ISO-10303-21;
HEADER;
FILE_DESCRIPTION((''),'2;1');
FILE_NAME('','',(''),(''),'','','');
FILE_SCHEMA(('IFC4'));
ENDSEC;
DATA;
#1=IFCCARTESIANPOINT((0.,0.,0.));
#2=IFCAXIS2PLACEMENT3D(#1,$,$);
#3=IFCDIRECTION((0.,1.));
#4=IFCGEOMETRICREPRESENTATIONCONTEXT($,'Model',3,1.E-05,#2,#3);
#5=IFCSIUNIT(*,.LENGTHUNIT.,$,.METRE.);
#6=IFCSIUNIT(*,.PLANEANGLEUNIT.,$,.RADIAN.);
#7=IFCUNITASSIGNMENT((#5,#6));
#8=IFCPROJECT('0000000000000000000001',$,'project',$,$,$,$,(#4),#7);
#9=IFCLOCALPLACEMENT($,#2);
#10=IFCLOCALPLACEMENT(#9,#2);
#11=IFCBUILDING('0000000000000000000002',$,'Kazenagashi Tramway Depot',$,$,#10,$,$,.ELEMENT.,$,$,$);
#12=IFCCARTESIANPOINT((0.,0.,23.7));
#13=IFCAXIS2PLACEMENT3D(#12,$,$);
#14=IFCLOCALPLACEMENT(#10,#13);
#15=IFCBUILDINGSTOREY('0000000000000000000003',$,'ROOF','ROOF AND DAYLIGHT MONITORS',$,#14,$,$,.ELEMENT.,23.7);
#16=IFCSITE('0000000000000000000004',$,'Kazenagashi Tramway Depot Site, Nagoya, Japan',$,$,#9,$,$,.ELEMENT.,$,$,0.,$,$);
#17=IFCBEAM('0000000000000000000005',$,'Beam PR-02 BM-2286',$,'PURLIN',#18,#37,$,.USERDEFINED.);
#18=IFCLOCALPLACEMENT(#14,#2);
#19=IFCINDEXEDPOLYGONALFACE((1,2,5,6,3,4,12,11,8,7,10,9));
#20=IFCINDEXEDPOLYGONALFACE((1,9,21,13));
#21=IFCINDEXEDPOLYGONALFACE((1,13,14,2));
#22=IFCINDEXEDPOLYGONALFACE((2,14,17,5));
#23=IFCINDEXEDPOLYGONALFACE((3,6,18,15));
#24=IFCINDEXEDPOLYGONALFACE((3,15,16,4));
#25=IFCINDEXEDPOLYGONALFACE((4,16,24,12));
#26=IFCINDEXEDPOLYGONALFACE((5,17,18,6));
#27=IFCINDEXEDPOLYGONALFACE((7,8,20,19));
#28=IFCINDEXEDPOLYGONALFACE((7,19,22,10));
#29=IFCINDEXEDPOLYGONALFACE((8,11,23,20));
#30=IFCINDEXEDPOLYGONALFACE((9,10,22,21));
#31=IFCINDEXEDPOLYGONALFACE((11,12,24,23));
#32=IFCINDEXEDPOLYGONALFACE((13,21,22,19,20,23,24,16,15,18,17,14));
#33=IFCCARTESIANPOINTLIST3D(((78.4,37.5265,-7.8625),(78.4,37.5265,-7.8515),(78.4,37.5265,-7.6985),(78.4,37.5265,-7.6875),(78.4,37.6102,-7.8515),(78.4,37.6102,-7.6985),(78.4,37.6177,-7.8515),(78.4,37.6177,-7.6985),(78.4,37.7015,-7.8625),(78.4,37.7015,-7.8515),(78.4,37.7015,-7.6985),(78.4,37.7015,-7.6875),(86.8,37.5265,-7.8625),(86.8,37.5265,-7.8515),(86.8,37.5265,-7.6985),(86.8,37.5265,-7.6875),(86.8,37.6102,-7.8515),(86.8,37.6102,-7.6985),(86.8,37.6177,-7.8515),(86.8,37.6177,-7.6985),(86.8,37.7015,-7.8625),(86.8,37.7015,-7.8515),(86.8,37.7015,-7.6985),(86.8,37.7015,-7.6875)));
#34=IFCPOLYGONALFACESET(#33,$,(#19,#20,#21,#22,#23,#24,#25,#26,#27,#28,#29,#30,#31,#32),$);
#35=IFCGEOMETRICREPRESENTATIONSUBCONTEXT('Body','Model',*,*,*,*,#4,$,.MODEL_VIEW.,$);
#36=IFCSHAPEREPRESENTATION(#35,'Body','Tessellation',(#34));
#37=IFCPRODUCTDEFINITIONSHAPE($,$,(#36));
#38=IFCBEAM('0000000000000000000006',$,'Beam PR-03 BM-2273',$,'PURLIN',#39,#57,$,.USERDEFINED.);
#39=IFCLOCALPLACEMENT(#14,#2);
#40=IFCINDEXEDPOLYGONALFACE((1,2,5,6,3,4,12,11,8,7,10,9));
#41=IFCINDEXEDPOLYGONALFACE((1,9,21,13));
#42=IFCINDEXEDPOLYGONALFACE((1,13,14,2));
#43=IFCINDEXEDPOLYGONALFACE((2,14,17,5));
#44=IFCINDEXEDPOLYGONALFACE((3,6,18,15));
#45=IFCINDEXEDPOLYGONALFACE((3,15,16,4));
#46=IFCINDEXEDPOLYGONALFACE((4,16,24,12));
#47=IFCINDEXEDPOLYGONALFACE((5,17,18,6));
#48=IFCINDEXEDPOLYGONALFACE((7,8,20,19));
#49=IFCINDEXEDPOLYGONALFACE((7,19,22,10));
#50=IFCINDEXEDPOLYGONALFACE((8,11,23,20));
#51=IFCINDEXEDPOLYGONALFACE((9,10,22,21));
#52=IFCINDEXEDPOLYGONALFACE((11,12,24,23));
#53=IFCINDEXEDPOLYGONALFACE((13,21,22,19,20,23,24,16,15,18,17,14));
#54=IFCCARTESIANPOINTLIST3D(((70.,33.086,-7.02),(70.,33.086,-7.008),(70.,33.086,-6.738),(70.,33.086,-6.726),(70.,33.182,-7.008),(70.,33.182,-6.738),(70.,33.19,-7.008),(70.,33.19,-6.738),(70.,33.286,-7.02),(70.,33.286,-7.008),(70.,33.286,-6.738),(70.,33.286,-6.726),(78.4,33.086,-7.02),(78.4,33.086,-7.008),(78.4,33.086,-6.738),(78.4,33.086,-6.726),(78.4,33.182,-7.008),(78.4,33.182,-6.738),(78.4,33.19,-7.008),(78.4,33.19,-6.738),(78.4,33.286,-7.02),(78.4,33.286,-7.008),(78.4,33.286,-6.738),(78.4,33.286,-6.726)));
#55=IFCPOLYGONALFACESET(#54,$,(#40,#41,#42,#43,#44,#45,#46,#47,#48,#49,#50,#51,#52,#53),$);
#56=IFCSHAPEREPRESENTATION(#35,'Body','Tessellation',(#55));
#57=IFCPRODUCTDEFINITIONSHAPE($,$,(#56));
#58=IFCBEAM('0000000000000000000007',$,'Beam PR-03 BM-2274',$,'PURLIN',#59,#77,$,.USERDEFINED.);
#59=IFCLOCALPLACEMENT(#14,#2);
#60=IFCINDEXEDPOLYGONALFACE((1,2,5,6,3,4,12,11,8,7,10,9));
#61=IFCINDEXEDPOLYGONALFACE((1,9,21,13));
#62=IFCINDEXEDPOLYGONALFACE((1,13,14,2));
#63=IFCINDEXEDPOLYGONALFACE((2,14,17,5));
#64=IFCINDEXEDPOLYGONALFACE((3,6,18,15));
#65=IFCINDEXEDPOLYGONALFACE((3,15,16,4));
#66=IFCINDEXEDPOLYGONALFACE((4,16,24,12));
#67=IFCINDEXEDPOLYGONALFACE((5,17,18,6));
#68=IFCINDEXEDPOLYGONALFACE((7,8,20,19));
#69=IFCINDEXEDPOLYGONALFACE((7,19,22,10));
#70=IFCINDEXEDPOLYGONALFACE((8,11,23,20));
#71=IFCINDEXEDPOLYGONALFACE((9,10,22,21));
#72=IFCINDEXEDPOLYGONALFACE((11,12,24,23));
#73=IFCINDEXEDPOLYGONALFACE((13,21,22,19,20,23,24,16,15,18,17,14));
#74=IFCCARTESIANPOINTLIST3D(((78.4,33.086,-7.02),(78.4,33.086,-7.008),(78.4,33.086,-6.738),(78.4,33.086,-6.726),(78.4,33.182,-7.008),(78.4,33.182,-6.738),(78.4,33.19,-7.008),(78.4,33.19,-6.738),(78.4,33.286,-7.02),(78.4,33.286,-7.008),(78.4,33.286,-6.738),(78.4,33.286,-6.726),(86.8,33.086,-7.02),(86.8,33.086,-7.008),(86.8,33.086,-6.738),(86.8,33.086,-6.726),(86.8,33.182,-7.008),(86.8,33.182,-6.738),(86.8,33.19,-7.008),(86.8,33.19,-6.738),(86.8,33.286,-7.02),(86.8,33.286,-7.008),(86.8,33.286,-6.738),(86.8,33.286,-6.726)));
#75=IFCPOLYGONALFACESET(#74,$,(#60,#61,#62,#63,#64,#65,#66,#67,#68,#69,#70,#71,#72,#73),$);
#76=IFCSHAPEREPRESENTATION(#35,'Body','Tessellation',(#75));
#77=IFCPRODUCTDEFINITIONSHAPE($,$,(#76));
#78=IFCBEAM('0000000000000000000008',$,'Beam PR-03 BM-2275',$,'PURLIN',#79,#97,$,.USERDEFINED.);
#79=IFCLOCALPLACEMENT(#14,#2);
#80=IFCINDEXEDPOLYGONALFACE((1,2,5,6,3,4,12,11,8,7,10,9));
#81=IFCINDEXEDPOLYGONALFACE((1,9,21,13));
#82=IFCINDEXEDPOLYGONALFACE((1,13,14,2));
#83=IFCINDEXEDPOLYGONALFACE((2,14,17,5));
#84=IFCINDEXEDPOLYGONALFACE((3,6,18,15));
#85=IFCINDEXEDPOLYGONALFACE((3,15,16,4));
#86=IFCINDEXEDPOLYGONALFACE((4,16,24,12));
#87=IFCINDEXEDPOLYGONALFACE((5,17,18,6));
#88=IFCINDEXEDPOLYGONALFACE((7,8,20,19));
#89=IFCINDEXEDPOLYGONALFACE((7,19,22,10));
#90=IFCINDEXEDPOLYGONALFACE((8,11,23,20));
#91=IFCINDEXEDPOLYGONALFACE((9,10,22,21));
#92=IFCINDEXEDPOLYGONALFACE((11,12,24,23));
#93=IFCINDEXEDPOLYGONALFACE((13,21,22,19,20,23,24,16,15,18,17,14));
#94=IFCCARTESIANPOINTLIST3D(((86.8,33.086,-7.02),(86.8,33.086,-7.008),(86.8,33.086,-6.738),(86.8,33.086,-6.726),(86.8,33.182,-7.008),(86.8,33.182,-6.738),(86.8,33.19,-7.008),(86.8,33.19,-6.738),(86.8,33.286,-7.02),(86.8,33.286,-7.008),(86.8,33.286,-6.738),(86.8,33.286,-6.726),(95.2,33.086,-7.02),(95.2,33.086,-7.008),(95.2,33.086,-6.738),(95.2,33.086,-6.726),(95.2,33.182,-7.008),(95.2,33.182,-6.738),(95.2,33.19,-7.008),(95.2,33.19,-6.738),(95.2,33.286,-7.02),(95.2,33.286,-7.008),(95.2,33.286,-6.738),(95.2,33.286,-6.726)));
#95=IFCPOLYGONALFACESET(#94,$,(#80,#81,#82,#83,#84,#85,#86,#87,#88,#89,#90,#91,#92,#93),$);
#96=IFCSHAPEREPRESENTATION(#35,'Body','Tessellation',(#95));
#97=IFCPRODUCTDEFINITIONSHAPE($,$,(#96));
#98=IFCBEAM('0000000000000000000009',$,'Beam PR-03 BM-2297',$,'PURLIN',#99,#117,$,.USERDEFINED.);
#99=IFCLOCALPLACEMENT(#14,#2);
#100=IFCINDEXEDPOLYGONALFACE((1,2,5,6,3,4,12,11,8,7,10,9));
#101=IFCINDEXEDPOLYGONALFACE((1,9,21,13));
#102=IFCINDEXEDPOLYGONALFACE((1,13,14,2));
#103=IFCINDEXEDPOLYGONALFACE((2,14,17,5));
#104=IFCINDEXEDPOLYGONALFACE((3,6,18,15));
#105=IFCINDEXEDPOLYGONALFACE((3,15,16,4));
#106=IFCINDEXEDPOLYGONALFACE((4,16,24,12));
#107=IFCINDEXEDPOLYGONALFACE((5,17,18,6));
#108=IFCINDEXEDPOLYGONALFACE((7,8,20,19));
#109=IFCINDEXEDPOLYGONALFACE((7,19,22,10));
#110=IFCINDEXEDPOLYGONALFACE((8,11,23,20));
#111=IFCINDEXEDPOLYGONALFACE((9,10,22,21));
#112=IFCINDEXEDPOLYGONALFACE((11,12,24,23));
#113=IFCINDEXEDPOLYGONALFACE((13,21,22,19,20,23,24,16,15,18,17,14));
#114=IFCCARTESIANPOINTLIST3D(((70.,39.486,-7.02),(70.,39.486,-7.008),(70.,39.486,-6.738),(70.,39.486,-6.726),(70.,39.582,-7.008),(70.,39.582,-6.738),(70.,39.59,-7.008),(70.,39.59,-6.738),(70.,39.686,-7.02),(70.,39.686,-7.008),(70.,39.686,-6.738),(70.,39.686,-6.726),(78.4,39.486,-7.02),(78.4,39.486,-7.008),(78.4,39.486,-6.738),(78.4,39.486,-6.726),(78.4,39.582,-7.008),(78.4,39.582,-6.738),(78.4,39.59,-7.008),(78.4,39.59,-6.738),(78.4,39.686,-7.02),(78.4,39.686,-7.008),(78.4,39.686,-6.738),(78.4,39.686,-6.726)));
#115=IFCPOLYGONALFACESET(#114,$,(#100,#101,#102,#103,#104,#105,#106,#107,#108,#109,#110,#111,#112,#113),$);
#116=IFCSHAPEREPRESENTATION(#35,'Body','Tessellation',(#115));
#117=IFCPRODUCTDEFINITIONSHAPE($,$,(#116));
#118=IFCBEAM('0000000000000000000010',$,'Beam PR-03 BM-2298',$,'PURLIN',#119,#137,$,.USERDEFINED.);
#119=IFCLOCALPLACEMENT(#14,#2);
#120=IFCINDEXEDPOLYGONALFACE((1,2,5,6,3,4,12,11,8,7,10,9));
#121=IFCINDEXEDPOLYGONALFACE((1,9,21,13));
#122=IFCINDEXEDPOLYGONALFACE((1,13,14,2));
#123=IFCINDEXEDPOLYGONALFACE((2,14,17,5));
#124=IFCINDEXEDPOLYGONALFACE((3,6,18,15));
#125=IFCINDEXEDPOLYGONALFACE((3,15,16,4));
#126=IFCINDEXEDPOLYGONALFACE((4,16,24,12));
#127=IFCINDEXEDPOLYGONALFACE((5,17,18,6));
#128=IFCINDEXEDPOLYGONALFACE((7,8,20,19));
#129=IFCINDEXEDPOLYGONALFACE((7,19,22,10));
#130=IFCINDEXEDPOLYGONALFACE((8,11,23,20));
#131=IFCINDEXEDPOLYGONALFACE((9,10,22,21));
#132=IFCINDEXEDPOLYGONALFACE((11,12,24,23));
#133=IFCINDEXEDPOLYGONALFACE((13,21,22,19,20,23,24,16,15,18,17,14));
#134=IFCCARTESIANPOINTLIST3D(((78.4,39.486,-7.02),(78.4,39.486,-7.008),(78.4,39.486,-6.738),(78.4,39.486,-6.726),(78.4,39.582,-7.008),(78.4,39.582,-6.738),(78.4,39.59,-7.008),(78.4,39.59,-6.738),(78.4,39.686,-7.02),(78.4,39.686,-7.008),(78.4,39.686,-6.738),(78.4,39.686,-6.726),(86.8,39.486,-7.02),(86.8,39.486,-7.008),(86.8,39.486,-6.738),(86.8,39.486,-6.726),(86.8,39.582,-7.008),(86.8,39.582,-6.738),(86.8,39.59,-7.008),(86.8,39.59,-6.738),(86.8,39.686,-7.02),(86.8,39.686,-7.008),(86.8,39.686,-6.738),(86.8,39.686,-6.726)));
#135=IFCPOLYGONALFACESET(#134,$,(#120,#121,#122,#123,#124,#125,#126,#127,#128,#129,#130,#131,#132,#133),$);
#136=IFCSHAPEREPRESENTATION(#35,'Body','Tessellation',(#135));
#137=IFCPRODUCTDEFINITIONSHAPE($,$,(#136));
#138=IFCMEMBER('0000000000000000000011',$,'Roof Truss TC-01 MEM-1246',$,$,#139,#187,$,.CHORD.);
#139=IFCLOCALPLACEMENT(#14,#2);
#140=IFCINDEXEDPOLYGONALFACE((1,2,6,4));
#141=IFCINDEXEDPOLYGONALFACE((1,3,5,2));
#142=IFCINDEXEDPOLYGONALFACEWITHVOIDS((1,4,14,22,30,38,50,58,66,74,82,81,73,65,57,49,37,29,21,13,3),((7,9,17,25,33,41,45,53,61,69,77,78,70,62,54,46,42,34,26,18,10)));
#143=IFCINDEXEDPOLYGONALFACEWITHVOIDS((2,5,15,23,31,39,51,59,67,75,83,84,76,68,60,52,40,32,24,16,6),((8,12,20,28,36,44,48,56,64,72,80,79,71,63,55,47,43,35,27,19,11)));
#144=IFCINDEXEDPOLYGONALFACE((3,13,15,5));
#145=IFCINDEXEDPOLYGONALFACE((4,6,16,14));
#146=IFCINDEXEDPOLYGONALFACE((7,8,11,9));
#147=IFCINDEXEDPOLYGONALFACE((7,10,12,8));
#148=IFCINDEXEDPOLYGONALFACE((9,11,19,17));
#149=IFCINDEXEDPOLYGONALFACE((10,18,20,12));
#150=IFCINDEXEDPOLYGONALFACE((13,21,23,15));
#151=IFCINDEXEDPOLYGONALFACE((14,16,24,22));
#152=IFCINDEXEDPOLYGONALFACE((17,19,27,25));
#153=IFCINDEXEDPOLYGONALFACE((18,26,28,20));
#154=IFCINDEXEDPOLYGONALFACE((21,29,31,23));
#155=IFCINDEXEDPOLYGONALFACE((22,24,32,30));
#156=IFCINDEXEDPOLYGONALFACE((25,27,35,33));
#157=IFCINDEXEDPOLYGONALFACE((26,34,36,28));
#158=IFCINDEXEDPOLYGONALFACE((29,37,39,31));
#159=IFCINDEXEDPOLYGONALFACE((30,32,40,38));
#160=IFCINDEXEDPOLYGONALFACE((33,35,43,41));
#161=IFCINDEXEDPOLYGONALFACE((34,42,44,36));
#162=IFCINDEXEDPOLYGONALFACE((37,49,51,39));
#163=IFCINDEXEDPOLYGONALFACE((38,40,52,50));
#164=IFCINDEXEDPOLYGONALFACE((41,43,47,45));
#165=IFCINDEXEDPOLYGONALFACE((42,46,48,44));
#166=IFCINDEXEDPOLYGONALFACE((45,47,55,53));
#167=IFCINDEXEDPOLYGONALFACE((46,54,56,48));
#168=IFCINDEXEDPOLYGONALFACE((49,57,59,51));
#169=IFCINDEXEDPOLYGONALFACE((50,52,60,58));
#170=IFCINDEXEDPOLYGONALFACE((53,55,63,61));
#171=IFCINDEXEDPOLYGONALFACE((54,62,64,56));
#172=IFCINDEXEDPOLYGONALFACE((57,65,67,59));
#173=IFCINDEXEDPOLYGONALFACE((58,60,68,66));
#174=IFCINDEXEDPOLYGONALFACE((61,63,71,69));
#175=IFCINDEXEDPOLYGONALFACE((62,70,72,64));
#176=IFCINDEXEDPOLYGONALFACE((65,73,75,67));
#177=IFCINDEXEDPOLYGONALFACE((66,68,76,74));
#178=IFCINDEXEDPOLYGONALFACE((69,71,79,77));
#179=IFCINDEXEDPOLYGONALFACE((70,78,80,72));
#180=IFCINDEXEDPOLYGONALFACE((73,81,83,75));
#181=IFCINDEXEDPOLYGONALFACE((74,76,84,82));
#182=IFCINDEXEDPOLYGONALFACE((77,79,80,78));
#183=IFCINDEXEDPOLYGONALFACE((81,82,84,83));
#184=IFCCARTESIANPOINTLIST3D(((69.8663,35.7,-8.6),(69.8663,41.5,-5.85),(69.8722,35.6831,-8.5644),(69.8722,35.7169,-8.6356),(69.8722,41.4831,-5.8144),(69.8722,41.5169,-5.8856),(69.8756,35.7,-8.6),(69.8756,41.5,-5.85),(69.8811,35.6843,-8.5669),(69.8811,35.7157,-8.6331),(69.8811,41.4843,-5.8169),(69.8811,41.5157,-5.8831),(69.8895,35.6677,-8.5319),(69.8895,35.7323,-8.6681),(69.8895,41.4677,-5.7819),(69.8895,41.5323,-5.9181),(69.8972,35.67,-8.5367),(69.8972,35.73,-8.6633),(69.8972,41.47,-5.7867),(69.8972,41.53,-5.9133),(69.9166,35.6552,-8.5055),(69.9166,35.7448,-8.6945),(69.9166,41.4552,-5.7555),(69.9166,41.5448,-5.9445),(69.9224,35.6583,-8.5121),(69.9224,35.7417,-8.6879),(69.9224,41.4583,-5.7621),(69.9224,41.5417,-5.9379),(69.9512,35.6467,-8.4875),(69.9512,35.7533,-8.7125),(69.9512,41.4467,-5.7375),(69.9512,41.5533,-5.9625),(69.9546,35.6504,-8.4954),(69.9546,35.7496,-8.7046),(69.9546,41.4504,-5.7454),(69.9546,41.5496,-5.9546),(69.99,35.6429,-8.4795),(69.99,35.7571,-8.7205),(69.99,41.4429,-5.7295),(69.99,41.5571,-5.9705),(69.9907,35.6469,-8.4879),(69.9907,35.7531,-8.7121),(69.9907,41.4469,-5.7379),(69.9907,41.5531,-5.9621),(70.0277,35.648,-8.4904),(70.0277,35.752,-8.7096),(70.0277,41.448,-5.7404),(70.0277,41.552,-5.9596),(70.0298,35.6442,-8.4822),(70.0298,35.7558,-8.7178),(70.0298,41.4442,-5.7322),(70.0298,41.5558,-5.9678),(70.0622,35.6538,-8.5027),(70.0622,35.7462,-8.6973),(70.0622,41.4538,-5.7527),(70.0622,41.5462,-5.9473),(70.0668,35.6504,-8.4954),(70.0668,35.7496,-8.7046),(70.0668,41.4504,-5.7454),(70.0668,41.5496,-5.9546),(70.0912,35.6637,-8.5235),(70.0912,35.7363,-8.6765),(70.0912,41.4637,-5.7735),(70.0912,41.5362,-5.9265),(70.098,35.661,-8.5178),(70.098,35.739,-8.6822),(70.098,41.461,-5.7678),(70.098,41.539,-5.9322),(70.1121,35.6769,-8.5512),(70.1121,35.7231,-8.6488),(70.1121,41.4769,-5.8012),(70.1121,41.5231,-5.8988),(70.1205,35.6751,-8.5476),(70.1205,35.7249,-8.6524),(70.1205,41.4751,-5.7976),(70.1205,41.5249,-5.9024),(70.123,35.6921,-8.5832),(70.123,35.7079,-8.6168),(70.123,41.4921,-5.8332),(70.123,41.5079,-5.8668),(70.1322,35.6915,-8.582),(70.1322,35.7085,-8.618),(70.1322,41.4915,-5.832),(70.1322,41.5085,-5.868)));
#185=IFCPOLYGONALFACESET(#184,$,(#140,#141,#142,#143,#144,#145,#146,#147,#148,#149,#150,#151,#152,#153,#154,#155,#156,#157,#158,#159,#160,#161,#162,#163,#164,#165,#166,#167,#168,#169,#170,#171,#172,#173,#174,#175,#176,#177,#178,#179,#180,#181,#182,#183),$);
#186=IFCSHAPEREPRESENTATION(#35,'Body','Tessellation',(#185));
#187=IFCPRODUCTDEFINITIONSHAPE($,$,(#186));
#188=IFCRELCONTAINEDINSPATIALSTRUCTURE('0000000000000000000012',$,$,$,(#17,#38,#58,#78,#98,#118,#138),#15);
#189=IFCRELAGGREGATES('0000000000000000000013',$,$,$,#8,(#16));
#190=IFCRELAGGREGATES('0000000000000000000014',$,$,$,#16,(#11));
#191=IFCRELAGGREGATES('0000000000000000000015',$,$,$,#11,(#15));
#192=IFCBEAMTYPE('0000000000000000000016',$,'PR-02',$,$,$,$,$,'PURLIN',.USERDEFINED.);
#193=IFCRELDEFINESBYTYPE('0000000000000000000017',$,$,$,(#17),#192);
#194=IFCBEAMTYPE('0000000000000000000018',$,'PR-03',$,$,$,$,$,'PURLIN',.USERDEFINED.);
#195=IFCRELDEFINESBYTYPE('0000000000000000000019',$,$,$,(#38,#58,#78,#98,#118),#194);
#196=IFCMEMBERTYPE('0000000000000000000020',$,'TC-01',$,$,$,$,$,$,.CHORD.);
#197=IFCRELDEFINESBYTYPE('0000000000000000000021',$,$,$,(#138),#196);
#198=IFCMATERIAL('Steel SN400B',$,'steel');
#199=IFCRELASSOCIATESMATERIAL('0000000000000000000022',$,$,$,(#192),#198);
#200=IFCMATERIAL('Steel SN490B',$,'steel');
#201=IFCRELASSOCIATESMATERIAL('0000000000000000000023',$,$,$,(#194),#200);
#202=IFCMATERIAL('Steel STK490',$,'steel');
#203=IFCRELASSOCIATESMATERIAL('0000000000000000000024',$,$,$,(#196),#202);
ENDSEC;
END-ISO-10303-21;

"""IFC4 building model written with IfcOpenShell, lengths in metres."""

from ifc_helpers import new_model, si_unit, direction, frame, origin, origin_2d, place, context, subcontext, project, spatial, hollow_circle, i_section, extrude, material, material_profile, profile_set, type_object, element, save


model = new_model("IFC4")

# Units and contexts
model_context = context("Model", 3, precision=1e-05, world=origin(), true_north=direction((0.0, 1.0)))
body_context = subcontext(model_context, "Body", "Model", "MODEL_VIEW")
ifc_project = project(units=[si_unit("LENGTHUNIT", "METRE"), si_unit("PLANEANGLEUNIT", "RADIAN")], contexts=[model_context])

# Site, building, storey
site_placement = place(None, origin())
site = spatial("IfcSite", under=ifc_project, at=site_placement, Name="Kazenagashi Tramway Depot Site, Nagoya, Japan", CompositionType="ELEMENT", RefElevation=0.0)
building_placement = place(site_placement, origin())
building = spatial("IfcBuilding", under=site, at=building_placement, Name="Kazenagashi Tramway Depot", CompositionType="ELEMENT")
storey_placement = place(building_placement, frame((0.0, 0.0, 23.7)))
storey = spatial("IfcBuildingStorey", under=building, at=storey_placement, Name="ROOF", Description="ROOF AND DAYLIGHT MONITORS", CompositionType="ELEMENT", Elevation=23.7)

# Beams
ifc_material_1 = material(Name="Steel SN490B", Category="steel")
ifc_material_2 = material(Name="Steel SN400B", Category="steel")
ifc_material_profile_1 = material_profile(ifc_material_2, i_section(OverallWidth=0.175, OverallDepth=0.175, WebThickness=0.0075, FlangeThickness=0.011, at=origin_2d()), Name="H-175x175x7.5x11")
ifc_profile_set_1 = profile_set([ifc_material_profile_1], Name="Steel SN400B")
beam_type_1 = type_object("IfcBeamType", Name="PR-02", ElementType="PURLIN", PredefinedType="USERDEFINED", material=ifc_profile_set_1)
for number, where, z_axis, x_axis, name in (
    (1, (78.4, 37.614, -7.775), (1.0, 0.0, 0.0), (0.0, 1.0, 0.0), "Beam PR-02 BM-2286"),
):
    element("IfcBeam", number, at=place(storey_placement, frame(where, z_axis=z_axis, x_axis=x_axis)), inside=storey, type_object=beam_type_1, Name=name, ObjectType="PURLIN", PredefinedType="USERDEFINED", context=body_context, shape_type="SweptSolid", body=[
        extrude(i_section(OverallWidth=0.175, OverallDepth=0.175, WebThickness=0.0075, FlangeThickness=0.011, at=origin_2d()), origin(), (0.0, 0.0, 1.0), 8.4),
    ])
ifc_material_profile_2 = material_profile(ifc_material_1, i_section(OverallWidth=0.2, OverallDepth=0.294, WebThickness=0.008, FlangeThickness=0.012, at=origin_2d()), Name="H-294x200x8x12")
ifc_profile_set_2 = profile_set([ifc_material_profile_2], Name="Steel SN490B")
beam_type_2 = type_object("IfcBeamType", Name="PR-03", ElementType="PURLIN", PredefinedType="USERDEFINED", material=ifc_profile_set_2)
for number, where, z_axis, x_axis, name in (
    (2, (70.0, 33.186, -6.873), (1.0, 0.0, 0.0), (0.0, 1.0, 0.0), "Beam PR-03 BM-2273"),
    (3, (78.4, 33.186, -6.873), (1.0, 0.0, 0.0), (0.0, 1.0, 0.0), "Beam PR-03 BM-2274"),
    (4, (86.8, 33.186, -6.873), (1.0, 0.0, 0.0), (0.0, 1.0, 0.0), "Beam PR-03 BM-2275"),
    (5, (70.0, 39.586, -6.873), (1.0, 0.0, 0.0), (0.0, 1.0, 0.0), "Beam PR-03 BM-2297"),
    (6, (78.4, 39.586, -6.873), (1.0, 0.0, 0.0), (0.0, 1.0, 0.0), "Beam PR-03 BM-2298"),
):
    element("IfcBeam", number, at=place(storey_placement, frame(where, z_axis=z_axis, x_axis=x_axis)), inside=storey, type_object=beam_type_2, Name=name, ObjectType="PURLIN", PredefinedType="USERDEFINED", context=body_context, shape_type="SweptSolid", body=[
        extrude(i_section(OverallWidth=0.2, OverallDepth=0.294, WebThickness=0.008, FlangeThickness=0.012, at=origin_2d()), origin(), (0.0, 0.0, 1.0), 8.4),
    ])

# Member
ifc_material_3 = material(Name="Steel STK490", Category="steel")
ifc_material_profile_3 = material_profile(ifc_material_3, hollow_circle(Radius=0.1337, WallThickness=0.0093, at=origin_2d()), Name="CHS-267.4x9.3")
ifc_profile_set_3 = profile_set([ifc_material_profile_3], Name="Steel STK490")
member_type_1 = type_object("IfcMemberType", Name="TC-01", PredefinedType="CHORD", material=ifc_profile_set_3)
for number, where, z_axis, x_axis, name in (
    (7, (70.0, 35.7, -8.6), (0.0, 0.903579, 0.428421), (-1.0, 0.0, 0.0), "Roof Truss TC-01 MEM-1246"),
):
    element("IfcMember", number, at=place(storey_placement, frame(where, z_axis=z_axis, x_axis=x_axis)), inside=storey, type_object=member_type_1, Name=name, PredefinedType="CHORD", context=body_context, shape_type="SweptSolid", body=[
        extrude(hollow_circle(Radius=0.1337, WallThickness=0.0093, at=origin_2d()), origin(), (0.0, 0.0, 1.0), 6.4189),
    ])

save(model, "model.ifc")
